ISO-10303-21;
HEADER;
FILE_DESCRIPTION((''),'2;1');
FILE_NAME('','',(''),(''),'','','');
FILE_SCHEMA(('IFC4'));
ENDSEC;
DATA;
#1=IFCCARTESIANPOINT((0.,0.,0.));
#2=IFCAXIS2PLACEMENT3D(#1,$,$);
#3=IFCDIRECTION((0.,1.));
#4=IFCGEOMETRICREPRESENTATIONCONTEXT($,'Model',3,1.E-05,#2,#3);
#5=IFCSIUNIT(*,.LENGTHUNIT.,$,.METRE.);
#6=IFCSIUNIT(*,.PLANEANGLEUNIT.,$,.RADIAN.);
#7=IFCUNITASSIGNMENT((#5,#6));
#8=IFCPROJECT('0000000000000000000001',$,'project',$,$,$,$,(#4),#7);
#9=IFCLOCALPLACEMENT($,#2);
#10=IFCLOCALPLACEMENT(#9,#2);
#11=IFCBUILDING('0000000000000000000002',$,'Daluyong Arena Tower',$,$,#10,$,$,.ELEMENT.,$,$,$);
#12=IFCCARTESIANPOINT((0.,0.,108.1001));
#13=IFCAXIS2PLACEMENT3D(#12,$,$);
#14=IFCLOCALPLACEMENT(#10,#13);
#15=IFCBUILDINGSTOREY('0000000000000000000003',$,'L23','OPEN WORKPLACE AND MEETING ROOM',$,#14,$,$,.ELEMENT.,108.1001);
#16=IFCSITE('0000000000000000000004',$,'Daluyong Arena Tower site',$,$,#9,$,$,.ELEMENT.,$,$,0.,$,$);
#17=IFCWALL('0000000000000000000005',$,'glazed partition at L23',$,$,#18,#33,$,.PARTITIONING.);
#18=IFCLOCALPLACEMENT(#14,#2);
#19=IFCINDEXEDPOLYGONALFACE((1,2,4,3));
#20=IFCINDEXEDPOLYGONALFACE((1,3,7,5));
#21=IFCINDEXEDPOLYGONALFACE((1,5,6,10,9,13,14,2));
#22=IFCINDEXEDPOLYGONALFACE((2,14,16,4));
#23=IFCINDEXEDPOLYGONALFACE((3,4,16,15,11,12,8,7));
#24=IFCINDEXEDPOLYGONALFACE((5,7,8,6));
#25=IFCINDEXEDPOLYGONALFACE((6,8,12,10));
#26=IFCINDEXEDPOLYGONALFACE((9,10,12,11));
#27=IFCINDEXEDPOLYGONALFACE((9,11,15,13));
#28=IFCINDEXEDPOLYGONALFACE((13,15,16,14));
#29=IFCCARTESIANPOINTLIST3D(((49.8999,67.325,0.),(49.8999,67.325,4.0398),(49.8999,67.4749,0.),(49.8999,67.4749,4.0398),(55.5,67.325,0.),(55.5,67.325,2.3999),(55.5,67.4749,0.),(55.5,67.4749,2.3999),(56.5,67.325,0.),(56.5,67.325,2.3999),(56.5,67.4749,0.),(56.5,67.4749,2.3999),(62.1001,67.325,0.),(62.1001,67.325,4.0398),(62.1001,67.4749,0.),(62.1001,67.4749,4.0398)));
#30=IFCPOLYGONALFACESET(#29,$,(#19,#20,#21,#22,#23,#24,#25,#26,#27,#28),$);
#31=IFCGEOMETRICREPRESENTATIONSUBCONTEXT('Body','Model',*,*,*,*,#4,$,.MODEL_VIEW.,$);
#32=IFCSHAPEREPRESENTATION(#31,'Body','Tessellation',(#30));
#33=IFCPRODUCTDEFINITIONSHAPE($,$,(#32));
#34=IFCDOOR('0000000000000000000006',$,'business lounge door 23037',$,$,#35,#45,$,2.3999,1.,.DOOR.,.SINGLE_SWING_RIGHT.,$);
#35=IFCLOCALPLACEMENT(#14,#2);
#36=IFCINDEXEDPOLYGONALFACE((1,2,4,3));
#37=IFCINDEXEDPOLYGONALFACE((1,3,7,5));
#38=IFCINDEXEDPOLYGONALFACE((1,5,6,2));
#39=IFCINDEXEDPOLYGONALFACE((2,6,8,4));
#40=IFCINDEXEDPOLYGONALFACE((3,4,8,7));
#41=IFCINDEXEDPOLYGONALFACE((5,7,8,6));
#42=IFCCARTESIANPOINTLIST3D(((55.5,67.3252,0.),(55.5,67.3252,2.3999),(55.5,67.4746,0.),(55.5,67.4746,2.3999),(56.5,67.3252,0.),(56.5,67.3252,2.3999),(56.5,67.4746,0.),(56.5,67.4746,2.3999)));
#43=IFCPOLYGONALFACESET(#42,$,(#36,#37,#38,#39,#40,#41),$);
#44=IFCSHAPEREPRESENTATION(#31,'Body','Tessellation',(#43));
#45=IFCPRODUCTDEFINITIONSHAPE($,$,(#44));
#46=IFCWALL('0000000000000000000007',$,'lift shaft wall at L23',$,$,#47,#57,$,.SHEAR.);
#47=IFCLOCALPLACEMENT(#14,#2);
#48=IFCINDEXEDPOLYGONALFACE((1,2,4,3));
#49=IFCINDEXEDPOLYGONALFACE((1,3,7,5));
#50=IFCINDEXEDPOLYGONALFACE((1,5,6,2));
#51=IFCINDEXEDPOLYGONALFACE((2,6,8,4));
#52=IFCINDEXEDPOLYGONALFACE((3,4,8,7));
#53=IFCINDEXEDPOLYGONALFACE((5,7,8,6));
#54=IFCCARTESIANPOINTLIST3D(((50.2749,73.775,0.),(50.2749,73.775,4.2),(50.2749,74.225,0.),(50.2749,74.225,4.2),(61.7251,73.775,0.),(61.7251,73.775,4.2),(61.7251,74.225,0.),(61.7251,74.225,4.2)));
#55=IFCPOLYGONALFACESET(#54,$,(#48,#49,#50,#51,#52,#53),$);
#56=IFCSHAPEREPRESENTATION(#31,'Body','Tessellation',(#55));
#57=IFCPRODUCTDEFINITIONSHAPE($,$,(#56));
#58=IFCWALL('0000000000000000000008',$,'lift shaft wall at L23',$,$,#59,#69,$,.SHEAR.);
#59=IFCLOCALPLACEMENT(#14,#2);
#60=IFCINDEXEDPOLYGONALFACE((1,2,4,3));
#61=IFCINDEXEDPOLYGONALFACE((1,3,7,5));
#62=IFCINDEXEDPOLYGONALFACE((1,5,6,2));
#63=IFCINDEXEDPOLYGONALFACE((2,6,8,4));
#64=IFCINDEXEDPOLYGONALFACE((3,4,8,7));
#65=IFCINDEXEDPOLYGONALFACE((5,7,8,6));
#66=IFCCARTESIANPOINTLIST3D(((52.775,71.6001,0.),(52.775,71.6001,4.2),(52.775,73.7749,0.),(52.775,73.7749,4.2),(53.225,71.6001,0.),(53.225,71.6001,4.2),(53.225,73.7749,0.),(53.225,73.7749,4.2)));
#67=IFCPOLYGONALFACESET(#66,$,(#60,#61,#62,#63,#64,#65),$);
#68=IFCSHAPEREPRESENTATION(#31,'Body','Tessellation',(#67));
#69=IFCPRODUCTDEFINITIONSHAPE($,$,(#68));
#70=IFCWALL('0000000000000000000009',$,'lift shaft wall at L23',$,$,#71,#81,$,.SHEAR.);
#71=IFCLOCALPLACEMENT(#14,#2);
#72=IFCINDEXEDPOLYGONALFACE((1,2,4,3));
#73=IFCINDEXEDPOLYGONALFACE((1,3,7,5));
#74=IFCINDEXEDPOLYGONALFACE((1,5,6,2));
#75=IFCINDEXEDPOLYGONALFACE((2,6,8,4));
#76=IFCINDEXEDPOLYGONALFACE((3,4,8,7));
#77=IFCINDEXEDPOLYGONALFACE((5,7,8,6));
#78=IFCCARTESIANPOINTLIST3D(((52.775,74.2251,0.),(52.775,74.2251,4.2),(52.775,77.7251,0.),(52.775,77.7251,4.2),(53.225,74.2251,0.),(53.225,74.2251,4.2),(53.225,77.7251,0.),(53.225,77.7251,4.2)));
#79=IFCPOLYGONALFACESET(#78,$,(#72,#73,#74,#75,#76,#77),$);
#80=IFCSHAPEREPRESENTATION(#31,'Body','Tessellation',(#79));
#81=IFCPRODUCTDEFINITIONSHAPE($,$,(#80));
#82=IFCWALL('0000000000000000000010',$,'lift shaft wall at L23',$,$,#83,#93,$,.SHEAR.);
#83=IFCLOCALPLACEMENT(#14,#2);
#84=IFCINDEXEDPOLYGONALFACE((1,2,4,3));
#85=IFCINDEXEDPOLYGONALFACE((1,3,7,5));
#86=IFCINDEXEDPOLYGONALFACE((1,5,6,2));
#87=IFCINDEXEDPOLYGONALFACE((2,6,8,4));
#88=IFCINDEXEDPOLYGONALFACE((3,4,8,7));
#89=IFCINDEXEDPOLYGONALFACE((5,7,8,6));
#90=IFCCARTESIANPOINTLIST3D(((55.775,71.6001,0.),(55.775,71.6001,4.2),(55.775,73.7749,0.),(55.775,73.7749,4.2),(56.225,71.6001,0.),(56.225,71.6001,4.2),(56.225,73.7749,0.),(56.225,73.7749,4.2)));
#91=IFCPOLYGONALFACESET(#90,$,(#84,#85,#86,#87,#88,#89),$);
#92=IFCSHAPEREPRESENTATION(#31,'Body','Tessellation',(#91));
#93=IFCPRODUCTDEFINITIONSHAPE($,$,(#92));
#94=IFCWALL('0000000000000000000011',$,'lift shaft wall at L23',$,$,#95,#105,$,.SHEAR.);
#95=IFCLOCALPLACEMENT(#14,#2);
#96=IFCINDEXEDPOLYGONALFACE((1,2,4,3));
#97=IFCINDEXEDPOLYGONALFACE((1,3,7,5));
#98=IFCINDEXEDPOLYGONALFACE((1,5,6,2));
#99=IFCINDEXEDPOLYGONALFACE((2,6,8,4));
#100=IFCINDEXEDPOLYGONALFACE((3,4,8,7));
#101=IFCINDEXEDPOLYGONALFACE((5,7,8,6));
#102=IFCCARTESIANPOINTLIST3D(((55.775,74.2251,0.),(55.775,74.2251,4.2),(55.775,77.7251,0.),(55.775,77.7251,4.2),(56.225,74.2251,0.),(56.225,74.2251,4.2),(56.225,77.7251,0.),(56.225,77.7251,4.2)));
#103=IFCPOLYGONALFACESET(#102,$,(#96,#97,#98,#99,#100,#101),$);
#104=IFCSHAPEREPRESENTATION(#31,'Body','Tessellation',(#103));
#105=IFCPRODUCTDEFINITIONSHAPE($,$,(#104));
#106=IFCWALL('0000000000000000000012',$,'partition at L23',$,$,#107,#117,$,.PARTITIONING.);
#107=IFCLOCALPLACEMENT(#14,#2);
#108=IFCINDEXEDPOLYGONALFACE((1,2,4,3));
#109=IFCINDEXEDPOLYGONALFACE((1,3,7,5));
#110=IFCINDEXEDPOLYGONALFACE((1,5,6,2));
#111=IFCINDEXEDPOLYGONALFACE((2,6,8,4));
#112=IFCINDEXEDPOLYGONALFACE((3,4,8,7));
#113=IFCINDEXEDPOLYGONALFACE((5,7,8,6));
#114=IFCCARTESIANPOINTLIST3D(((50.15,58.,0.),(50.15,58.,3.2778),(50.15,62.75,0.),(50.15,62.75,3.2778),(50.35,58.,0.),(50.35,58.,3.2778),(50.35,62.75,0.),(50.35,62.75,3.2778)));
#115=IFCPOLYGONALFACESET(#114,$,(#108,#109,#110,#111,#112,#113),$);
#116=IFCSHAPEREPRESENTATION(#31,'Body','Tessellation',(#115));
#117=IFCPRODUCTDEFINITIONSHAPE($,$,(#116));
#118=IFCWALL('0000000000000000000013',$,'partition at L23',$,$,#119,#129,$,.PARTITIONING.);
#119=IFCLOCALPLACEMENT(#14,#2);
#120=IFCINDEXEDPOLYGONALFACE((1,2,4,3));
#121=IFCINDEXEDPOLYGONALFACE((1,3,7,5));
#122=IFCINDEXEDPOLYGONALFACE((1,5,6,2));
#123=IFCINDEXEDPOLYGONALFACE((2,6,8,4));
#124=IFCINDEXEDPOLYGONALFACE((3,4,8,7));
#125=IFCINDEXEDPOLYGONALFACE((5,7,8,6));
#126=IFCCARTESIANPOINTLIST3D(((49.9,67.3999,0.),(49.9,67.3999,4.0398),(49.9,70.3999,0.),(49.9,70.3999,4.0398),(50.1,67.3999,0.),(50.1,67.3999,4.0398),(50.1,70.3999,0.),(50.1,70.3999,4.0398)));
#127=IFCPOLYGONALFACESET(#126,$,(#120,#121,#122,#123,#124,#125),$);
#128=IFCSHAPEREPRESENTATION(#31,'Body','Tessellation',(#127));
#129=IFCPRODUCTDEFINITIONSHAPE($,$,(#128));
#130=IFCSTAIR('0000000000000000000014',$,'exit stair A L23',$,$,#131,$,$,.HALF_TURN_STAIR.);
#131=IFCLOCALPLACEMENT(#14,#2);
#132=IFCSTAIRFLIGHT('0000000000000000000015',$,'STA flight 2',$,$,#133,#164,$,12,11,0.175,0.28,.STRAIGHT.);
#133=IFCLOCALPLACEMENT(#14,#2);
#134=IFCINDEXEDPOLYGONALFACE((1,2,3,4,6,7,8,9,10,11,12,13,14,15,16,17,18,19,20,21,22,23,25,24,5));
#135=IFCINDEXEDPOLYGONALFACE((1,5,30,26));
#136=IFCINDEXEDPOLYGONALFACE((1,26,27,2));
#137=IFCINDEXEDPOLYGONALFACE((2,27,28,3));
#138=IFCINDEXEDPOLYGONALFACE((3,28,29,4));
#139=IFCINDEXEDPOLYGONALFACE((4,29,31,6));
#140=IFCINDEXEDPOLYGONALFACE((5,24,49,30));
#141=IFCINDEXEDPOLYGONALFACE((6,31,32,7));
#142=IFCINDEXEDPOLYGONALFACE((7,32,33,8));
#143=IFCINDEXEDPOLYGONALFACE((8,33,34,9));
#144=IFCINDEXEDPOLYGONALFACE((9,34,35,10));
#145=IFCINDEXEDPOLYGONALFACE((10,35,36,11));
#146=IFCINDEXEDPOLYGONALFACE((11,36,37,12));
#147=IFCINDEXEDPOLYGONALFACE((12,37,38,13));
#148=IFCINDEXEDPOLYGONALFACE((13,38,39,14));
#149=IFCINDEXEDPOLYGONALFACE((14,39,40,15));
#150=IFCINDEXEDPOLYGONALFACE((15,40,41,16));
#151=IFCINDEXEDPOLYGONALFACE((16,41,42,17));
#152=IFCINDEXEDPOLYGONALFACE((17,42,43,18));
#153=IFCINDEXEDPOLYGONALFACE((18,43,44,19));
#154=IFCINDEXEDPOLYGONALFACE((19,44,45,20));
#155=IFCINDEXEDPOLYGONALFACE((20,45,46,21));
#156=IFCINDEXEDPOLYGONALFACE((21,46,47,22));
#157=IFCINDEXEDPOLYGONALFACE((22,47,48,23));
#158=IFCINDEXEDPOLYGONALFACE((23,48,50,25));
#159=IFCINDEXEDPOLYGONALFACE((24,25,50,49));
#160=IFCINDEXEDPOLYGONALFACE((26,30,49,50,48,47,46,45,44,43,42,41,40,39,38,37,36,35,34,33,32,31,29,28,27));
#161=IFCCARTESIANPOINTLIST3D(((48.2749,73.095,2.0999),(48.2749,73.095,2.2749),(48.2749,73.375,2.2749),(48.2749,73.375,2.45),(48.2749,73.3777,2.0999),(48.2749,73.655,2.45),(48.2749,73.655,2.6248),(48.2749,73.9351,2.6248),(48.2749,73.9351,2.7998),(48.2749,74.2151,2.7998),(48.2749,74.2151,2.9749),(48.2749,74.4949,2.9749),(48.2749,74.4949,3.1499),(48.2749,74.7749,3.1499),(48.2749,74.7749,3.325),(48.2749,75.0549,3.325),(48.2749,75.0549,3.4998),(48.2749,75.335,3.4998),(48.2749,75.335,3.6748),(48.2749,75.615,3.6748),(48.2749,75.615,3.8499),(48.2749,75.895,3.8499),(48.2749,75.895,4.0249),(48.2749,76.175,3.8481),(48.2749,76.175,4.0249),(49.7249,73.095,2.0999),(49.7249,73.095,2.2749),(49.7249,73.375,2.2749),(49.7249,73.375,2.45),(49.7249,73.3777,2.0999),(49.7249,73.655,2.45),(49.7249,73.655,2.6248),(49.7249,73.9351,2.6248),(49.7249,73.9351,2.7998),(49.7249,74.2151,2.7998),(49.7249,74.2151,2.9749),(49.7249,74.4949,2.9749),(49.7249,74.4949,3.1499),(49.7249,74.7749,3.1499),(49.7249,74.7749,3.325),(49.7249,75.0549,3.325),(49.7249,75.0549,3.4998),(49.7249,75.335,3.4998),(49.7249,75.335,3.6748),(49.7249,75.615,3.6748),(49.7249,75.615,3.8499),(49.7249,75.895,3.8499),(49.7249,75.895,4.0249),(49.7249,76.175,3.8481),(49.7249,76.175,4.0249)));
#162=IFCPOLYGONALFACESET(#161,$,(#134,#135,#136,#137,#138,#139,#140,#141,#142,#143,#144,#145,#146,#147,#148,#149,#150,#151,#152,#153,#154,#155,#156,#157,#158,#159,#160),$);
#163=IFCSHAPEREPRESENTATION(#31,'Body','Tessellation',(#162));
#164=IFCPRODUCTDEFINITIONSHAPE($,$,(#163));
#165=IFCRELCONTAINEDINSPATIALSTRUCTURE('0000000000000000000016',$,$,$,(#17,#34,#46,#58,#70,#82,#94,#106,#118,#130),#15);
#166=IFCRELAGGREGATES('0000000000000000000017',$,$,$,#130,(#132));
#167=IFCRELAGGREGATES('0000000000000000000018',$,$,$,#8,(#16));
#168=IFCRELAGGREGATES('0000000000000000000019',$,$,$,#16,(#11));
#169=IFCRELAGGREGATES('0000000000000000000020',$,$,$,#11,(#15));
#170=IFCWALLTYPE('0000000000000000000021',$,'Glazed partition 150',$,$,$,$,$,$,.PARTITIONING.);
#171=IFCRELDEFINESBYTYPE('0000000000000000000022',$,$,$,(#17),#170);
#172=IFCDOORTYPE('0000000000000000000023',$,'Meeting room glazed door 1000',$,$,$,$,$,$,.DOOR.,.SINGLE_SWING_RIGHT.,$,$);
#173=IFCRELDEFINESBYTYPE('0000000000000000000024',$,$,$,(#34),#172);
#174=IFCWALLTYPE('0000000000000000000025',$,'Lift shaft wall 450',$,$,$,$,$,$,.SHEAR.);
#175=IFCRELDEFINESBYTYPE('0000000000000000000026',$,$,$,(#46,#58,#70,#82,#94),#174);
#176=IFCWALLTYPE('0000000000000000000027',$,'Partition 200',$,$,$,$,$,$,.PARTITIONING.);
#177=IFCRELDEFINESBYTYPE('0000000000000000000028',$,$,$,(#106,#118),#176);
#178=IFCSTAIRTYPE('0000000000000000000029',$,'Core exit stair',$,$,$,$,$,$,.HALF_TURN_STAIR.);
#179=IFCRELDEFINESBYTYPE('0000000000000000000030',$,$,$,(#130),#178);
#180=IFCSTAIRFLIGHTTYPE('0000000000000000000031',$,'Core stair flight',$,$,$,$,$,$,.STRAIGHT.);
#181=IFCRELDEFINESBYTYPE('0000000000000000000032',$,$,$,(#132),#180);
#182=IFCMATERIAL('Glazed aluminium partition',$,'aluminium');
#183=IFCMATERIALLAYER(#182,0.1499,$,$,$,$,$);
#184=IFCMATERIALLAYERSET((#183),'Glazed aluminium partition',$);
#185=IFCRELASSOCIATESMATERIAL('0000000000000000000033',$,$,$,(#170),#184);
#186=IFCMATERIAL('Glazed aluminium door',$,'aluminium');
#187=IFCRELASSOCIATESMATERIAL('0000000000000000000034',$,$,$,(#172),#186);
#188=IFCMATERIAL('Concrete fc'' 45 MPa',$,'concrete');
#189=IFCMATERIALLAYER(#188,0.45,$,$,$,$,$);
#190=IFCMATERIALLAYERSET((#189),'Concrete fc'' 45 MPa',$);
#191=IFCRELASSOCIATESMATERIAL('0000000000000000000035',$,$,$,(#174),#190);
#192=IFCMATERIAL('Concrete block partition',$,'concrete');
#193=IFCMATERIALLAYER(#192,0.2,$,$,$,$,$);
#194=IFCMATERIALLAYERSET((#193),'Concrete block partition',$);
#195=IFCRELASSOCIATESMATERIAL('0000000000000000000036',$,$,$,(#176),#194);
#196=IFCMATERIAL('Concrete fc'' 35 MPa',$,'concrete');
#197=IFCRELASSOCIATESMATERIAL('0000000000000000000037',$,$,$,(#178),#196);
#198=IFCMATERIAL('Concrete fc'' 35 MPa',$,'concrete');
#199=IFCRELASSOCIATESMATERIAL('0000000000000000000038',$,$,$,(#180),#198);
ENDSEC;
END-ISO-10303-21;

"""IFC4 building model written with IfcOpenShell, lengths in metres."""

from ifc_helpers import new_model, si_unit, direction, frame, frame_2d, origin, place, context, subcontext, project, spatial, polyline, rectangle, outline, extrude, material, layer, layer_set, type_object, element, fill, aggregate, save


model = new_model("IFC4")

# Units and contexts
model_context = context("Model", 3, precision=1e-05, world=origin(), true_north=direction((0.0, 1.0)))
body_context = subcontext(model_context, "Body", "Model", "MODEL_VIEW")
ifc_project = project(units=[si_unit("LENGTHUNIT", "METRE"), si_unit("PLANEANGLEUNIT", "RADIAN")], contexts=[model_context])

# Site, building, storey
site_placement = place(None, origin())
site = spatial("IfcSite", under=ifc_project, at=site_placement, Name="Daluyong Arena Tower site", CompositionType="ELEMENT", RefElevation=0.0)
building_placement = place(site_placement, origin())
building = spatial("IfcBuilding", under=site, at=building_placement, Name="Daluyong Arena Tower", CompositionType="ELEMENT")
storey_placement = place(building_placement, frame((0.0, 0.0, 108.1001)))
storey = spatial("IfcBuildingStorey", under=building, at=storey_placement, Name="L23", Description="OPEN WORKPLACE AND MEETING ROOM", CompositionType="ELEMENT", Elevation=108.1001)

# Wall, opening, door
ifc_material_1 = material(Name="Glazed aluminium partition", Category="aluminium")
ifc_layer_1 = layer(ifc_material_1, 0.1499)
ifc_layer_set_1 = layer_set([ifc_layer_1], Name="Glazed aluminium partition")
wall_type_1 = type_object("IfcWallType", Name="Glazed partition 150", PredefinedType="PARTITIONING", material=ifc_layer_set_1)
wall_1_placement = place(storey_placement, frame((49.8999, 67.3999, 0.0), z_axis=(0.0, 0.0, 1.0), x_axis=(1.0, 0.0, 0.0)))
wall_1 = element("IfcWall", 1, at=wall_1_placement, inside=storey, type_object=wall_type_1, Name="glazed partition at L23", PredefinedType="PARTITIONING", context=body_context, shape_type="SweptSolid", body=[
    extrude(rectangle(XDim=12.2002, YDim=0.1499, at=frame_2d((6.1001, 0.0))), origin(), (0.0, 0.0, 1.0), 4.0398),
])
opening_1_placement = place(wall_1_placement, frame((5.6001, 0.0, 0.0)))
opening_1 = element("IfcOpeningElement", 2, at=opening_1_placement, cuts=wall_1, PredefinedType="OPENING", context=body_context, shape_type="SweptSolid", body=[
    extrude(rectangle(XDim=1.0, YDim=2.3999, at=frame_2d((0.5, 1.2))), frame((0.0, 0.085, 0.0), z_axis=(0.0, -1.0, 0.0), x_axis=(1.0, 0.0, 0.0)), (0.0, 0.0, 1.0), 0.1699),
])
ifc_material_2 = material(Name="Glazed aluminium door", Category="aluminium")
door_type_1 = type_object("IfcDoorType", Name="Meeting room glazed door 1000", OperationType="SINGLE_SWING_RIGHT", PredefinedType="DOOR", material=ifc_material_2)
door_1_placement = place(opening_1_placement, origin())
door_1 = element("IfcDoor", 3, at=door_1_placement, inside=storey, type_object=door_type_1, Name="business lounge door 23037", OperationType="SINGLE_SWING_RIGHT", OverallHeight=2.3999, OverallWidth=1.0, PredefinedType="DOOR", context=body_context, shape_type="SweptSolid", body=[
    extrude(rectangle(XDim=1.0, YDim=2.3999, at=frame_2d((0.5, 1.2))), frame((0.0, 0.0747, 0.0), z_axis=(0.0, -1.0, 0.0), x_axis=(1.0, 0.0, 0.0)), (0.0, 0.0, 1.0), 0.1494),
])
fill(opening_1, door_1)

# Walls
ifc_material_3 = material(Name="Concrete fc' 45 MPa", Category="concrete")
ifc_layer_2 = layer(ifc_material_3, 0.45)
ifc_layer_set_2 = layer_set([ifc_layer_2], Name="Concrete fc' 45 MPa")
wall_type_2 = type_object("IfcWallType", Name="Lift shaft wall 450", PredefinedType="SHEAR", material=ifc_layer_set_2)
wall_2_placement = place(storey_placement, frame((50.2749, 74.0, 0.0), z_axis=(0.0, 0.0, 1.0), x_axis=(1.0, 0.0, 0.0)))
element("IfcWall", 4, at=wall_2_placement, inside=storey, type_object=wall_type_2, Name="lift shaft wall at L23", PredefinedType="SHEAR", context=body_context, shape_type="SweptSolid", body=[
    extrude(rectangle(XDim=11.4502, YDim=0.45, at=frame_2d((5.7251, 0.0))), origin(), (0.0, 0.0, 1.0), 4.2),
])
wall_3_placement = place(storey_placement, frame((53.0, 71.6001, 0.0), z_axis=(0.0, 0.0, 1.0), x_axis=(0.0, 1.0, 0.0)))
element("IfcWall", 5, at=wall_3_placement, inside=storey, type_object=wall_type_2, Name="lift shaft wall at L23", PredefinedType="SHEAR", context=body_context, shape_type="SweptSolid", body=[
    extrude(rectangle(XDim=2.1748, YDim=0.45, at=frame_2d((1.0874, 0.0))), origin(), (0.0, 0.0, 1.0), 4.2),
])
wall_4_placement = place(storey_placement, frame((53.0, 74.2251, 0.0), z_axis=(0.0, 0.0, 1.0), x_axis=(0.0, 1.0, 0.0)))
element("IfcWall", 6, at=wall_4_placement, inside=storey, type_object=wall_type_2, Name="lift shaft wall at L23", PredefinedType="SHEAR", context=body_context, shape_type="SweptSolid", body=[
    extrude(rectangle(XDim=3.5, YDim=0.45, at=frame_2d((1.75, 0.0))), origin(), (0.0, 0.0, 1.0), 4.2),
])
wall_5_placement = place(storey_placement, frame((56.0, 71.6001, 0.0), z_axis=(0.0, 0.0, 1.0), x_axis=(0.0, 1.0, 0.0)))
element("IfcWall", 7, at=wall_5_placement, inside=storey, type_object=wall_type_2, Name="lift shaft wall at L23", PredefinedType="SHEAR", context=body_context, shape_type="SweptSolid", body=[
    extrude(rectangle(XDim=2.1748, YDim=0.45, at=frame_2d((1.0874, 0.0))), origin(), (0.0, 0.0, 1.0), 4.2),
])
wall_6_placement = place(storey_placement, frame((56.0, 74.2251, 0.0), z_axis=(0.0, 0.0, 1.0), x_axis=(0.0, 1.0, 0.0)))
element("IfcWall", 8, at=wall_6_placement, inside=storey, type_object=wall_type_2, Name="lift shaft wall at L23", PredefinedType="SHEAR", context=body_context, shape_type="SweptSolid", body=[
    extrude(rectangle(XDim=3.5, YDim=0.45, at=frame_2d((1.75, 0.0))), origin(), (0.0, 0.0, 1.0), 4.2),
])
ifc_material_4 = material(Name="Concrete block partition", Category="concrete")
ifc_layer_3 = layer(ifc_material_4, 0.2)
ifc_layer_set_3 = layer_set([ifc_layer_3], Name="Concrete block partition")
wall_type_3 = type_object("IfcWallType", Name="Partition 200", PredefinedType="PARTITIONING", material=ifc_layer_set_3)
wall_7_placement = place(storey_placement, frame((50.25, 58.0, 0.0), z_axis=(0.0, 0.0, 1.0), x_axis=(0.0, 1.0, 0.0)))
element("IfcWall", 9, at=wall_7_placement, inside=storey, type_object=wall_type_3, Name="partition at L23", PredefinedType="PARTITIONING", context=body_context, shape_type="SweptSolid", body=[
    extrude(rectangle(XDim=4.75, YDim=0.2, at=frame_2d((2.375, 0.0))), origin(), (0.0, 0.0, 1.0), 3.2778),
])
wall_8_placement = place(storey_placement, frame((50.0, 67.3999, 0.0), z_axis=(0.0, 0.0, 1.0), x_axis=(0.0, 1.0, 0.0)))
element("IfcWall", 10, at=wall_8_placement, inside=storey, type_object=wall_type_3, Name="partition at L23", PredefinedType="PARTITIONING", context=body_context, shape_type="SweptSolid", body=[
    extrude(rectangle(XDim=3.0, YDim=0.2, at=frame_2d((1.5, 0.0))), origin(), (0.0, 0.0, 1.0), 4.0398),
])

# Stair, stair flight
ifc_material_5 = material(Name="Concrete fc' 35 MPa", Category="concrete")
stair_type = type_object("IfcStairType", Name="Core exit stair", PredefinedType="HALF_TURN_STAIR", material=ifc_material_5)
stair_placement = place(storey_placement, origin())
stair = element("IfcStair", 11, at=stair_placement, inside=storey, type_object=stair_type, Name="exit stair A L23", PredefinedType="HALF_TURN_STAIR")
ifc_material_6 = material(Name="Concrete fc' 35 MPa", Category="concrete")
stair_flight_type = type_object("IfcStairFlightType", Name="Core stair flight", PredefinedType="STRAIGHT", material=ifc_material_6)
stair_flight_placement = place(storey_placement, frame((49.0, 73.095, 2.0999), z_axis=(0.0, 0.0, 1.0), x_axis=(0.0, 1.0, 0.0)))
stair_flight = element("IfcStairFlight", 12, at=stair_flight_placement, type_object=stair_flight_type, Name="STA flight 2", NumberOfRisers=12, NumberOfTreads=11, PredefinedType="STRAIGHT", RiserHeight=0.175, TreadLength=0.28, context=body_context, shape_type="SweptSolid", body=[
    extrude(outline(polyline([(0.0, 0.0), (0.0, 0.175), (0.28, 0.175), (0.28, 0.3501), (0.5601, 0.3501), (0.5601, 0.5249), (0.8401, 0.5249), (0.8401, 0.7), (1.1201, 0.7), (1.1201, 0.875), (1.3999, 0.875), (1.3999, 1.05), (1.6799, 1.05), (1.6799, 1.2251), (1.96, 1.2251), (1.96, 1.3999), (2.24, 1.3999), (2.24, 1.575), (2.52, 1.575), (2.52, 1.75), (2.8, 1.75), (2.8, 1.925), (3.0801, 1.925), (3.0801, 2.1001), (3.0801, 1.7483), (0.2827, 0.0), (0.0, 0.0)])), frame((0.0, 0.7251, 0.0), z_axis=(0.0, -1.0, 0.0), x_axis=(1.0, 0.0, 0.0)), (0.0, 0.0, 1.0), 1.45),
])
aggregate(stair, [stair_flight])

save(model, "model.ifc")
